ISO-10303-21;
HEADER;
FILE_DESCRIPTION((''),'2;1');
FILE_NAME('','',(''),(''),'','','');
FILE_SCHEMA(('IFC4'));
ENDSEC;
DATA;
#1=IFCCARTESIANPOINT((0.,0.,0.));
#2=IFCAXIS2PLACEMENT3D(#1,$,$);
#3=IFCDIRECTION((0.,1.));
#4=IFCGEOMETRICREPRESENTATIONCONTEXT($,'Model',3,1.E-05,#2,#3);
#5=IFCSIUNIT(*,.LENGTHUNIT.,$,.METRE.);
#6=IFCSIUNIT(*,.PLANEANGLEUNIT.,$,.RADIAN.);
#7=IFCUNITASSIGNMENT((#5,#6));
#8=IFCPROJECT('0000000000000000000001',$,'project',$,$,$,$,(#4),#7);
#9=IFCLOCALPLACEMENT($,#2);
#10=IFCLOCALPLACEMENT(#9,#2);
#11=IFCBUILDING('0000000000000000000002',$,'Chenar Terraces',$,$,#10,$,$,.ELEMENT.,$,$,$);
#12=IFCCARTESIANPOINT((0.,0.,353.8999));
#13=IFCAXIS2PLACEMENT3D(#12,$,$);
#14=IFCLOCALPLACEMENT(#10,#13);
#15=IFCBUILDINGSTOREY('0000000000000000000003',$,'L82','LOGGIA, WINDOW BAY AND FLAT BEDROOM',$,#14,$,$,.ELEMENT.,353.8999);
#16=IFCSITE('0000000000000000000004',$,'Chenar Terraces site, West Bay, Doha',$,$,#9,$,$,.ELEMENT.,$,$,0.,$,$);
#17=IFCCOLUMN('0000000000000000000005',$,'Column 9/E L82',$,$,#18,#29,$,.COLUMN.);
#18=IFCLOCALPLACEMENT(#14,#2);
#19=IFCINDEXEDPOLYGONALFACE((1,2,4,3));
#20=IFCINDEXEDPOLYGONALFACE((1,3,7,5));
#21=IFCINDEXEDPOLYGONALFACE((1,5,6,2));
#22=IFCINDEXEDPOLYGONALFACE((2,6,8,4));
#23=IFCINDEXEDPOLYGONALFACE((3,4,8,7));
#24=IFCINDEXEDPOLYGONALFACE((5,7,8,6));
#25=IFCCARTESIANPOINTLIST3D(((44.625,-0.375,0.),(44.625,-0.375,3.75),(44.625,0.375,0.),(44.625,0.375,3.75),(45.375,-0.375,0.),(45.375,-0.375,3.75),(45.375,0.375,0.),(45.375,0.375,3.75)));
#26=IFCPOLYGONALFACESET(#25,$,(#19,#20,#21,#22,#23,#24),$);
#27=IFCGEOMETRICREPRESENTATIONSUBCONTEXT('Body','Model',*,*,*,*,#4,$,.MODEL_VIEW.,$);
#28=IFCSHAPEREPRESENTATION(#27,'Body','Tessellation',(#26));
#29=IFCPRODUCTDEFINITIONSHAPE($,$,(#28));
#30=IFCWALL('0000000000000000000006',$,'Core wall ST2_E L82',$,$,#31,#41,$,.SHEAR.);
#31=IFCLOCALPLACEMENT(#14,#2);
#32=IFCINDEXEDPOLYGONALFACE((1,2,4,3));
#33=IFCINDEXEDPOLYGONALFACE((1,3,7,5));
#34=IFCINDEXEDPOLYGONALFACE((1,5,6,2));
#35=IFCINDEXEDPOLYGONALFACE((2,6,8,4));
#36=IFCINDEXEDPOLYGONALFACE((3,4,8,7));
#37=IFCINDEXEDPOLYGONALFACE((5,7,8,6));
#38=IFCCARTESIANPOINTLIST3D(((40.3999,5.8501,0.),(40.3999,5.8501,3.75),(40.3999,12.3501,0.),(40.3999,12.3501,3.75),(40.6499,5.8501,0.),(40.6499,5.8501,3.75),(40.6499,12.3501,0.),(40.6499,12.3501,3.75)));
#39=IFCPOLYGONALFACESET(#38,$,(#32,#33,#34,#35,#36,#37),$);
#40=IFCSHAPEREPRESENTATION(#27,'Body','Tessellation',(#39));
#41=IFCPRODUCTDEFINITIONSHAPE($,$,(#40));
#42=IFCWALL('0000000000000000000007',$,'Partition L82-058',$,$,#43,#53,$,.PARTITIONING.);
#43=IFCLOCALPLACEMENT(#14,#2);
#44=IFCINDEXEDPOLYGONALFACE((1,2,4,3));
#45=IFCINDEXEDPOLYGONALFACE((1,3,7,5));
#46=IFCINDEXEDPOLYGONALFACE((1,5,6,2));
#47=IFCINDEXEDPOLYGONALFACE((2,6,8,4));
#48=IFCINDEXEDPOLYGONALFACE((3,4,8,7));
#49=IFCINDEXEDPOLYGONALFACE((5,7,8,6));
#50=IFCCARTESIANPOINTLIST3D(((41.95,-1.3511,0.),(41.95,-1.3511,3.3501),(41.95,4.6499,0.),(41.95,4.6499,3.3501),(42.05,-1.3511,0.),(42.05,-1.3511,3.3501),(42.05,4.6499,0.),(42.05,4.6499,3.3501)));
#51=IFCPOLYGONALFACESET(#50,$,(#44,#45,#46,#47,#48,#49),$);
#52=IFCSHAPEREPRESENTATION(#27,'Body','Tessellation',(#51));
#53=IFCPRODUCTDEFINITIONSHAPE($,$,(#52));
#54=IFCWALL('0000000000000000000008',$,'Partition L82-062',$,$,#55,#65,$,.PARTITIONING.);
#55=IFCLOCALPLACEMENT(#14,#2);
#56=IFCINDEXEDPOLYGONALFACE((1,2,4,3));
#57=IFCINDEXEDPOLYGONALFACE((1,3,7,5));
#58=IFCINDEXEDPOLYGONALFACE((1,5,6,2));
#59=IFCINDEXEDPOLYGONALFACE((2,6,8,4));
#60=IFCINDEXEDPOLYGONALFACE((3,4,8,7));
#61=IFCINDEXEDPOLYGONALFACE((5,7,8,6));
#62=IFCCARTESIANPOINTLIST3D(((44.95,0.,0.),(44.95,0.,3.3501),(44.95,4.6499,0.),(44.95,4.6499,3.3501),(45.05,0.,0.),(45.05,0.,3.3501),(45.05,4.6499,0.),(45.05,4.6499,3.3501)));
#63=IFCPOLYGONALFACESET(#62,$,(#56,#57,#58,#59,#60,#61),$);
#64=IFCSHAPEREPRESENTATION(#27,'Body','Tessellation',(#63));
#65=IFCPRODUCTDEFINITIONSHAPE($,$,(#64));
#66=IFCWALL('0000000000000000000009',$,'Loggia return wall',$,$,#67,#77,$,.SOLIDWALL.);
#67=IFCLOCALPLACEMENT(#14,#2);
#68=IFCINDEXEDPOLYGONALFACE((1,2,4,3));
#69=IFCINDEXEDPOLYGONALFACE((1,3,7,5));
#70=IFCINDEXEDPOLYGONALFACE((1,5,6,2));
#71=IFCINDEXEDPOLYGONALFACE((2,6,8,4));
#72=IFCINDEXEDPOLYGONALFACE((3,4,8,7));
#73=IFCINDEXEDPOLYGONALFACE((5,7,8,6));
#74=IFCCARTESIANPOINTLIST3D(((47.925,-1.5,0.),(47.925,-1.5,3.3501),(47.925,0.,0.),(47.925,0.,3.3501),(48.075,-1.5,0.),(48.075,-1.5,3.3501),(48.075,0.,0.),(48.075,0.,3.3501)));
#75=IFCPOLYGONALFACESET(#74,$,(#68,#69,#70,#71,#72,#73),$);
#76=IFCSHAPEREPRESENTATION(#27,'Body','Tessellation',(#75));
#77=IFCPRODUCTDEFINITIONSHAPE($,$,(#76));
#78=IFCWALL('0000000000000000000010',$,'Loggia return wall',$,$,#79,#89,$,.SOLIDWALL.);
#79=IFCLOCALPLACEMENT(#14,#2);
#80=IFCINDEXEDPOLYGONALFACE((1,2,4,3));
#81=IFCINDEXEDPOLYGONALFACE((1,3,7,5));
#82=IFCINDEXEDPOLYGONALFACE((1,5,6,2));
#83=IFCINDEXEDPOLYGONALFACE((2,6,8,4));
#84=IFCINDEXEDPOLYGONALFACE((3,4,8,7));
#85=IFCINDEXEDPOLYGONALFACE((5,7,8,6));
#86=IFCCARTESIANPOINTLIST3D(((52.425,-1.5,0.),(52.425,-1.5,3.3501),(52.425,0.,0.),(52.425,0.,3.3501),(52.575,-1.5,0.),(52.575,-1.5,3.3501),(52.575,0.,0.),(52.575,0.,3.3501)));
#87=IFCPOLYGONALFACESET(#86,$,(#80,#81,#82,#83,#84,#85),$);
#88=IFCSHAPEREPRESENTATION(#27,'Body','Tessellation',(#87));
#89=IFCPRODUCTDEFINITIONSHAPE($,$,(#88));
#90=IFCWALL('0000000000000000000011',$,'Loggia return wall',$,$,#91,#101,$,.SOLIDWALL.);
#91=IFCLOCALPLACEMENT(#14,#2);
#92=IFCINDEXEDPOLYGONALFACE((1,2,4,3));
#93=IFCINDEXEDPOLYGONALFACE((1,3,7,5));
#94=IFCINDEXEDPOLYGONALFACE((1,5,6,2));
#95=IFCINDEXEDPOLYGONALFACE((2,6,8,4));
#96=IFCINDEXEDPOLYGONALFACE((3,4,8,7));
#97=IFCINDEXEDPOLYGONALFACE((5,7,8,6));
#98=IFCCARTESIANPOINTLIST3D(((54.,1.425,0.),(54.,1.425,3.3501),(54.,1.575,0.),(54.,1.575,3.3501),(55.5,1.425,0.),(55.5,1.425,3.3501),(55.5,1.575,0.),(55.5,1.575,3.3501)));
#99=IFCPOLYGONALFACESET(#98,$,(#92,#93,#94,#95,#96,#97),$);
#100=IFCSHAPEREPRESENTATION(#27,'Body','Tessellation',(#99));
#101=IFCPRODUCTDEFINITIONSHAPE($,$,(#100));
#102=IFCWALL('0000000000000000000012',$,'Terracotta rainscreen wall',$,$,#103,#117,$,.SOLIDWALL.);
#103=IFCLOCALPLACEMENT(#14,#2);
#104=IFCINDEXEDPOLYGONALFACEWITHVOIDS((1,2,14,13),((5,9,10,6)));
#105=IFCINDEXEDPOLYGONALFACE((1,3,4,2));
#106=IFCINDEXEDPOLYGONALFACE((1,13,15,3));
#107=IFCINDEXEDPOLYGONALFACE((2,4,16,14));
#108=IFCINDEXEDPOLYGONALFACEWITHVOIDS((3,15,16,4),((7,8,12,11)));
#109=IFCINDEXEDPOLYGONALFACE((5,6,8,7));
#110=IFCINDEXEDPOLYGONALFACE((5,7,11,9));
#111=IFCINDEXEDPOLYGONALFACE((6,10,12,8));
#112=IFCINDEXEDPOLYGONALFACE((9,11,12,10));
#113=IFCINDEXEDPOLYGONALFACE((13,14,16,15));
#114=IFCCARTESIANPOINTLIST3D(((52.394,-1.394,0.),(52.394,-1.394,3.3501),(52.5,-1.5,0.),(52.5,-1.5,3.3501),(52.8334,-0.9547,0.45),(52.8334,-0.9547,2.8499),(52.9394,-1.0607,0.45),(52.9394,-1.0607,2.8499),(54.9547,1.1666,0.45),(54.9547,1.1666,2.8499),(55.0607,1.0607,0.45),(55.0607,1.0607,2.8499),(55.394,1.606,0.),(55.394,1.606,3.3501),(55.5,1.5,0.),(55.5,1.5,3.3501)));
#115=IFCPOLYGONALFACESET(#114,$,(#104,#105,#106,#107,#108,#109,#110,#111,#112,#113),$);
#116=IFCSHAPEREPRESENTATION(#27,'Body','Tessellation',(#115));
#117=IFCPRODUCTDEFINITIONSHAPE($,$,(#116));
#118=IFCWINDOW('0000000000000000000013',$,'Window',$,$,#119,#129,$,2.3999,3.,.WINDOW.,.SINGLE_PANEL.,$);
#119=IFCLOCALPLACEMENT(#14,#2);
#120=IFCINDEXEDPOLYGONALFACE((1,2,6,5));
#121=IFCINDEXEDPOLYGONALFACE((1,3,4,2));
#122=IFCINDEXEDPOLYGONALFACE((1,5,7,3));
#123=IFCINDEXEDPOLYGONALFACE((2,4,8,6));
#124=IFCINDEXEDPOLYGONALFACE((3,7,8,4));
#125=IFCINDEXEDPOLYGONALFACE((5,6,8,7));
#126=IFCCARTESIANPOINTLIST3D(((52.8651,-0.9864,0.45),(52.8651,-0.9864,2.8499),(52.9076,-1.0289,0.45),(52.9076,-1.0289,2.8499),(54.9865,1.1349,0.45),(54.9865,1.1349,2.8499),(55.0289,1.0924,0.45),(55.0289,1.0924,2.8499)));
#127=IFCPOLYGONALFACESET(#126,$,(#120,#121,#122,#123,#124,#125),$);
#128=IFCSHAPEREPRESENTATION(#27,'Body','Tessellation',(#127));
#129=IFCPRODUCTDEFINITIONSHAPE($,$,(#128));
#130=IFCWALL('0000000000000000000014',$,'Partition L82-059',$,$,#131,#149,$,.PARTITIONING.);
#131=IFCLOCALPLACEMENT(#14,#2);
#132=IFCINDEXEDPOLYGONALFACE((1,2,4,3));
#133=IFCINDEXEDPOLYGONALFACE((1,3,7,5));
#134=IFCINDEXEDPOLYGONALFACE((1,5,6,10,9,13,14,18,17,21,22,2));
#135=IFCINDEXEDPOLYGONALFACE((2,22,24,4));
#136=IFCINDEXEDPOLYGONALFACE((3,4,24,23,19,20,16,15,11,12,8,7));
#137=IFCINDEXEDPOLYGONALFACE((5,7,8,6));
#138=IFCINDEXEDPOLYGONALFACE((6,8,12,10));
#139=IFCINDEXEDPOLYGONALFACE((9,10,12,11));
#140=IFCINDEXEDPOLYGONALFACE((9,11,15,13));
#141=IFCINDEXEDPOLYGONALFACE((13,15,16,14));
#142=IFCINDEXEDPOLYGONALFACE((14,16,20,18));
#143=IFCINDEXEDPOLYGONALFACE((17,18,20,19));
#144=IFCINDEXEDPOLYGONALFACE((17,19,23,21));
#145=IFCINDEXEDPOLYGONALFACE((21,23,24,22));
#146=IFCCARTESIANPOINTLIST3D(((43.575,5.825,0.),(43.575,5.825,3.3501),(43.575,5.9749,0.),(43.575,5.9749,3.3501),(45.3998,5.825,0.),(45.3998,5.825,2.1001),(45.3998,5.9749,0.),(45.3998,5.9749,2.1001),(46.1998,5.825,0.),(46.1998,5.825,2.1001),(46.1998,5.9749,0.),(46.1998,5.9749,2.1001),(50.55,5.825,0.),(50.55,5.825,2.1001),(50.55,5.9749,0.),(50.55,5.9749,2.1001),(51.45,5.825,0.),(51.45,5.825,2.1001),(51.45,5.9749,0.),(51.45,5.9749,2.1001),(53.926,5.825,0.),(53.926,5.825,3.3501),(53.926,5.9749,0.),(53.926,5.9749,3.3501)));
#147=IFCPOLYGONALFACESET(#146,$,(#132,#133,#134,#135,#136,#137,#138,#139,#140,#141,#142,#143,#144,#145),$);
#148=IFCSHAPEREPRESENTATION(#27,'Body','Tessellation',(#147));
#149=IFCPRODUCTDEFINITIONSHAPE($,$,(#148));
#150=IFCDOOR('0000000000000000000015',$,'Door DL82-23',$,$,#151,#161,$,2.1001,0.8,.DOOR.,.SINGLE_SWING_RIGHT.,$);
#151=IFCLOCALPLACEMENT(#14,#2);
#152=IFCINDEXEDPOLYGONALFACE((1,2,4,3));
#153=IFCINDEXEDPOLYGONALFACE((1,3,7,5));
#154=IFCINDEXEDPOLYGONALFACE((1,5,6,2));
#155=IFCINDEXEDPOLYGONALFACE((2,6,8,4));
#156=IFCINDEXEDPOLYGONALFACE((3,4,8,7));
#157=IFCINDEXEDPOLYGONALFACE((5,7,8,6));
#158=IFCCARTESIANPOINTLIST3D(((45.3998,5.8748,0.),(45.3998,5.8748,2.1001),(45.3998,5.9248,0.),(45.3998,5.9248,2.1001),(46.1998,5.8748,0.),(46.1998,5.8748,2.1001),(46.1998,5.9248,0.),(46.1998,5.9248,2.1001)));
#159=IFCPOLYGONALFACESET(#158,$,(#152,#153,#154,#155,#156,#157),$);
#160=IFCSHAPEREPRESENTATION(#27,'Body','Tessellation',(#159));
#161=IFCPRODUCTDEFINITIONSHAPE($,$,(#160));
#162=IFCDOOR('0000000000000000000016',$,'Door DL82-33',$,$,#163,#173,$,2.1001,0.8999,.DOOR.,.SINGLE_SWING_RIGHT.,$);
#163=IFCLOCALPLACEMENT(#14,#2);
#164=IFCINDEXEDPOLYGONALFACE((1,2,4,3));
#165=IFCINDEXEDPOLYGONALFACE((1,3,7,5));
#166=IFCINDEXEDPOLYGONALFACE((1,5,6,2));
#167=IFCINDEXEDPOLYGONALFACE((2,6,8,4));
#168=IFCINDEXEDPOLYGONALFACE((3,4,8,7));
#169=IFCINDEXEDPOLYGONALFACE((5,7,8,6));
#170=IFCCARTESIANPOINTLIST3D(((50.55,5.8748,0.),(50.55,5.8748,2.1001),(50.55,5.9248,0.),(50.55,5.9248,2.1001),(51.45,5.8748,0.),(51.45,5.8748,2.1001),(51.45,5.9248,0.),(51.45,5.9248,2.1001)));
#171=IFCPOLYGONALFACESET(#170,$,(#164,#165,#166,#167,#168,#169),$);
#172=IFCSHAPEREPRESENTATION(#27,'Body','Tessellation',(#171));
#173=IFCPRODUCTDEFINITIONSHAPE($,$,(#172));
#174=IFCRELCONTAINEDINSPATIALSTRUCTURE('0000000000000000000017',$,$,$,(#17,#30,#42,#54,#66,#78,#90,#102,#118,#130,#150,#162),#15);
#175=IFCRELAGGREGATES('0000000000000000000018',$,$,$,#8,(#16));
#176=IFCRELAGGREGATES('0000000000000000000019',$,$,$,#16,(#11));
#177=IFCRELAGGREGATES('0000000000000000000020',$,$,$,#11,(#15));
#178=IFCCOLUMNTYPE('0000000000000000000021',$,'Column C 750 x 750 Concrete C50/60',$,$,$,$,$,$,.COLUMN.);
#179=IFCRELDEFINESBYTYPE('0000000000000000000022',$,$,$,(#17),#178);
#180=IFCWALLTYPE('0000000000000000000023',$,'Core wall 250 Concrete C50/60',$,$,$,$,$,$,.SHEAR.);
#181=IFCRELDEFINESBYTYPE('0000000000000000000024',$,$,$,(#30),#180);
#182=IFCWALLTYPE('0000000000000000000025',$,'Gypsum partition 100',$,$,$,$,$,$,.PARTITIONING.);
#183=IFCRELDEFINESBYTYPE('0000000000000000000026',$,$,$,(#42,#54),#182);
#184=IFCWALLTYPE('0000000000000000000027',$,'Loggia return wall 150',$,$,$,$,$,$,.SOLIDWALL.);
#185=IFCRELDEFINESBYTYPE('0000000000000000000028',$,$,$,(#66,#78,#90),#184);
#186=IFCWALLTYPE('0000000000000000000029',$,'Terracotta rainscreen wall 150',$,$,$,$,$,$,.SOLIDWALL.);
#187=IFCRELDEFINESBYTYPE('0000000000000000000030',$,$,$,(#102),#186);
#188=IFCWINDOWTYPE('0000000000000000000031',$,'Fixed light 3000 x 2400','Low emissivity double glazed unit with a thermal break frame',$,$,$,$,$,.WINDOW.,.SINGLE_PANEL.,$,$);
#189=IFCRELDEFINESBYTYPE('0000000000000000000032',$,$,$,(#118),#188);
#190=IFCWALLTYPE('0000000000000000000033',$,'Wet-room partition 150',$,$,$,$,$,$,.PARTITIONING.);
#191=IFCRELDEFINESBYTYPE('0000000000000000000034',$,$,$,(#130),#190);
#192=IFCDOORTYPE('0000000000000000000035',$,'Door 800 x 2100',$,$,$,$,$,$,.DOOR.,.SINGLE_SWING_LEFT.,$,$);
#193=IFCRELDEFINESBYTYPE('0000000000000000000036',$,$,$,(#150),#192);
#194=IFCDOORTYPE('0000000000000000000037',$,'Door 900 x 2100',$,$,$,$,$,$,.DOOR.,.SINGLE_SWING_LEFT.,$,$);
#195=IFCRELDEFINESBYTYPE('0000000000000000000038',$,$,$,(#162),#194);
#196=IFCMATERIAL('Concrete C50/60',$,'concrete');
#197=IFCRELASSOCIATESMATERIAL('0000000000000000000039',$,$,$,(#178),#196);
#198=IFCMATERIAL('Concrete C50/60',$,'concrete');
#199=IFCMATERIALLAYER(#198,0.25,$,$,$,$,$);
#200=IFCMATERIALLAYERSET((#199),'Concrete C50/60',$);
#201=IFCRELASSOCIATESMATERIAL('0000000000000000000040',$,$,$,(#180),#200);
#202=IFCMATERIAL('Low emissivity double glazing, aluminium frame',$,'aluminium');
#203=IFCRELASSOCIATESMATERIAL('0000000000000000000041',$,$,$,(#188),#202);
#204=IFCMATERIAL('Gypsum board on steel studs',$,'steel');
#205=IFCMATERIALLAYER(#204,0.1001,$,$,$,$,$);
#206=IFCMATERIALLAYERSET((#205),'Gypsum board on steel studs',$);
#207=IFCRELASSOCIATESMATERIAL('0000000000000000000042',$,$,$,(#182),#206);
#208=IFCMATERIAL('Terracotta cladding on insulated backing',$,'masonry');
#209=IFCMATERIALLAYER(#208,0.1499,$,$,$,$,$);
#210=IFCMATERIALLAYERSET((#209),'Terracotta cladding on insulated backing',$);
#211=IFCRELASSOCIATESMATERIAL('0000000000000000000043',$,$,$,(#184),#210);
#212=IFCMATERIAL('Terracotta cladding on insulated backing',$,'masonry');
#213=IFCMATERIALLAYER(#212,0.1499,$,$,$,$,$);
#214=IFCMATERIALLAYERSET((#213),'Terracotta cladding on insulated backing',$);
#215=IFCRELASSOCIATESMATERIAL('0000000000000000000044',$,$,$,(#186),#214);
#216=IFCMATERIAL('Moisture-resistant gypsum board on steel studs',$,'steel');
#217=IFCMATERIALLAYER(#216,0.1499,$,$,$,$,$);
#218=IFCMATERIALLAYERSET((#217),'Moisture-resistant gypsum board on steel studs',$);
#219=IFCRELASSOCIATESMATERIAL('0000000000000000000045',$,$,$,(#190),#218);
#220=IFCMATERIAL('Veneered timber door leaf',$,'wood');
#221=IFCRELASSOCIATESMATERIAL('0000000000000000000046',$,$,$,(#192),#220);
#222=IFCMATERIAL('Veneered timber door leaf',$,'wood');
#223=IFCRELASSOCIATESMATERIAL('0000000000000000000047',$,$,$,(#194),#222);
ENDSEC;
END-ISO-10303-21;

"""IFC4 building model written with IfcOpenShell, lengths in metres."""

from ifc_helpers import new_model, si_unit, direction, frame, frame_2d, origin, origin_2d, place, context, subcontext, project, spatial, rectangle, extrude, material, layer, layer_set, material_profile, profile_set, type_object, element, fill, save


model = new_model("IFC4")

# Units and contexts
model_context = context("Model", 3, precision=1e-05, world=origin(), true_north=direction((0.0, 1.0)))
body_context = subcontext(model_context, "Body", "Model", "MODEL_VIEW")
ifc_project = project(units=[si_unit("LENGTHUNIT", "METRE"), si_unit("PLANEANGLEUNIT", "RADIAN")], contexts=[model_context])

# Site, building, storey
site_placement = place(None, origin())
site = spatial("IfcSite", under=ifc_project, at=site_placement, Name="Chenar Terraces site, West Bay, Doha", CompositionType="ELEMENT", RefElevation=0.0)
building_placement = place(site_placement, origin())
building = spatial("IfcBuilding", under=site, at=building_placement, Name="Chenar Terraces", CompositionType="ELEMENT")
storey_placement = place(building_placement, frame((0.0, 0.0, 353.8999)))
storey = spatial("IfcBuildingStorey", under=building, at=storey_placement, Name="L82", Description="LOGGIA, WINDOW BAY AND FLAT BEDROOM", CompositionType="ELEMENT", Elevation=353.8999)

# Column
ifc_material_1 = material(Name="Concrete C50/60", Category="concrete")
ifc_material_profile_1 = material_profile(ifc_material_1, rectangle(XDim=0.75, YDim=0.75, at=origin_2d()), Name="C 750 x 750")
ifc_profile_set_1 = profile_set([ifc_material_profile_1], Name="Concrete C50/60")
column_type = type_object("IfcColumnType", Name="Column C 750 x 750 Concrete C50/60", PredefinedType="COLUMN", material=ifc_profile_set_1)
column_placement = place(storey_placement, frame((45.0, 0.0, 0.0), z_axis=(0.0, 0.0, 1.0), x_axis=(1.0, 0.0, 0.0)))
element("IfcColumn", 1, at=column_placement, inside=storey, type_object=column_type, Name="Column 9/E L82", PredefinedType="COLUMN", context=body_context, shape_type="SweptSolid", body=[
    extrude(rectangle(XDim=0.75, YDim=0.75, at=origin_2d()), origin(), (0.0, 0.0, 1.0), 3.75),
])

# Wall
ifc_material_2 = material(Name="Concrete C50/60", Category="concrete")
ifc_layer_1 = layer(ifc_material_2, 0.25)
ifc_layer_set_1 = layer_set([ifc_layer_1], Name="Concrete C50/60")
wall_type_1 = type_object("IfcWallType", Name="Core wall 250 Concrete C50/60", PredefinedType="SHEAR", material=ifc_layer_set_1)
wall_1_placement = place(storey_placement, frame((40.5249, 5.8501, 0.0), z_axis=(0.0, 0.0, 1.0), x_axis=(0.0, 1.0, 0.0)))
element("IfcWall", 2, at=wall_1_placement, inside=storey, type_object=wall_type_1, Name="Core wall ST2_E L82", PredefinedType="SHEAR", context=body_context, shape_type="SweptSolid", body=[
    extrude(rectangle(XDim=6.5, YDim=0.25, at=frame_2d((3.25, 0.0))), origin(), (0.0, 0.0, 1.0), 3.75),
])

# Shared definitions
ifc_material_3 = material(Name="Low emissivity double glazing, aluminium frame", Category="aluminium")
window_type = type_object("IfcWindowType", Name="Fixed light 3000 x 2400", Description="Low emissivity double glazed unit with a thermal break frame", PartitioningType="SINGLE_PANEL", PredefinedType="WINDOW", material=ifc_material_3)

# Walls
ifc_material_4 = material(Name="Gypsum board on steel studs", Category="steel")
ifc_layer_2 = layer(ifc_material_4, 0.1001)
ifc_layer_set_2 = layer_set([ifc_layer_2], Name="Gypsum board on steel studs")
wall_type_2 = type_object("IfcWallType", Name="Gypsum partition 100", PredefinedType="PARTITIONING", material=ifc_layer_set_2)
wall_2_placement = place(storey_placement, frame((42.0, -1.3511, 0.0), z_axis=(0.0, 0.0, 1.0), x_axis=(0.0, 1.0, 0.0)))
element("IfcWall", 3, at=wall_2_placement, inside=storey, type_object=wall_type_2, Name="Partition L82-058", PredefinedType="PARTITIONING", context=body_context, shape_type="SweptSolid", body=[
    extrude(rectangle(XDim=6.001, YDim=0.1001, at=frame_2d((3.0005, 0.0))), origin(), (0.0, 0.0, 1.0), 3.3501),
])
wall_3_placement = place(storey_placement, frame((45.0, 0.0, 0.0), z_axis=(0.0, 0.0, 1.0), x_axis=(0.0, 1.0, 0.0)))
element("IfcWall", 4, at=wall_3_placement, inside=storey, type_object=wall_type_2, Name="Partition L82-062", PredefinedType="PARTITIONING", context=body_context, shape_type="SweptSolid", body=[
    extrude(rectangle(XDim=4.6499, YDim=0.1001, at=frame_2d((2.325, 0.0))), origin(), (0.0, 0.0, 1.0), 3.3501),
])
ifc_material_5 = material(Name="Terracotta cladding on insulated backing", Category="masonry")
ifc_layer_3 = layer(ifc_material_5, 0.1499)
ifc_layer_set_3 = layer_set([ifc_layer_3], Name="Terracotta cladding on insulated backing")
wall_type_3 = type_object("IfcWallType", Name="Loggia return wall 150", PredefinedType="SOLIDWALL", material=ifc_layer_set_3)
for number, where, z_axis, x_axis, name in (
    (5, (48.0, -1.5, 0.0), (0.0, 0.0, 1.0), (0.0, 1.0, 0.0), "Loggia return wall"),
    (6, (52.5, -1.5, 0.0), (0.0, 0.0, 1.0), (0.0, 1.0, 0.0), "Loggia return wall"),
    (7, (55.5, 1.5, 0.0), (0.0, 0.0, 1.0), (-1.0, 0.0, 0.0), "Loggia return wall"),
):
    element("IfcWall", number, at=place(storey_placement, frame(where, z_axis=z_axis, x_axis=x_axis)), inside=storey, type_object=wall_type_3, Name=name, PredefinedType="SOLIDWALL", context=body_context, shape_type="SweptSolid", body=[
        extrude(rectangle(XDim=1.5, YDim=0.1499, at=frame_2d((0.75, 0.0))), origin(), (0.0, 0.0, 1.0), 3.3501),
    ])

# Wall, opening, window
ifc_material_6 = material(Name="Terracotta cladding on insulated backing", Category="masonry")
ifc_layer_4 = layer(ifc_material_6, 0.1499)
ifc_layer_set_4 = layer_set([ifc_layer_4], Name="Terracotta cladding on insulated backing")
wall_type_4 = type_object("IfcWallType", Name="Terracotta rainscreen wall 150", PredefinedType="SOLIDWALL", material=ifc_layer_set_4)
wall_4_placement = place(storey_placement, frame((52.447, -1.447, 0.0), z_axis=(0.0, 0.0, 1.0), x_axis=(0.707107, 0.707107, 0.0)))
wall_4 = element("IfcWall", 8, at=wall_4_placement, inside=storey, type_object=wall_type_4, Name="Terracotta rainscreen wall", PredefinedType="SOLIDWALL", context=body_context, shape_type="SweptSolid", body=[
    extrude(rectangle(XDim=4.2427, YDim=0.1499, at=frame_2d((2.1213, 0.0))), origin(), (0.0, 0.0, 1.0), 3.3501),
])
opening_1_placement = place(wall_4_placement, frame((0.6213, 0.0, 0.45)))
opening_1 = element("IfcOpeningElement", 9, at=opening_1_placement, cuts=wall_4, PredefinedType="OPENING", context=body_context, shape_type="SweptSolid", body=[
    extrude(rectangle(XDim=3.0, YDim=2.3999, at=frame_2d((1.5, 1.2))), frame((0.0, 0.085, 0.0), z_axis=(0.0, -1.0, 0.0), x_axis=(1.0, 0.0, 0.0)), (0.0, 0.0, 1.0), 0.1699),
])
window_1_placement = place(opening_1_placement, origin())
window_1 = element("IfcWindow", 10, at=window_1_placement, inside=storey, type_object=window_type, Name="Window", OverallHeight=2.3999, OverallWidth=3.0, PartitioningType="SINGLE_PANEL", PredefinedType="WINDOW", context=body_context, shape_type="SweptSolid", body=[
    extrude(rectangle(XDim=3.0, YDim=2.3999, at=frame_2d((1.5, 1.2))), frame((0.0, 0.03, 0.0), z_axis=(0.0, -1.0, 0.0), x_axis=(1.0, 0.0, 0.0)), (0.0, 0.0, 1.0), 0.0601),
])
fill(opening_1, window_1)

# Wall, openings, doors
ifc_material_7 = material(Name="Moisture-resistant gypsum board on steel studs", Category="steel")
ifc_layer_5 = layer(ifc_material_7, 0.1499)
ifc_layer_set_5 = layer_set([ifc_layer_5], Name="Moisture-resistant gypsum board on steel studs")
wall_type_5 = type_object("IfcWallType", Name="Wet-room partition 150", PredefinedType="PARTITIONING", material=ifc_layer_set_5)
wall_5_placement = place(storey_placement, frame((43.575, 5.8999, 0.0), z_axis=(0.0, 0.0, 1.0), x_axis=(1.0, 0.0, 0.0)))
wall_5 = element("IfcWall", 11, at=wall_5_placement, inside=storey, type_object=wall_type_5, Name="Partition L82-059", PredefinedType="PARTITIONING", context=body_context, shape_type="SweptSolid", body=[
    extrude(rectangle(XDim=10.3511, YDim=0.1499, at=frame_2d((5.1755, 0.0))), origin(), (0.0, 0.0, 1.0), 3.3501),
])
opening_2_placement = place(wall_5_placement, frame((1.825, 0.0, 0.0)))
opening_2 = element("IfcOpeningElement", 12, at=opening_2_placement, cuts=wall_5, PredefinedType="OPENING", context=body_context, shape_type="SweptSolid", body=[
    extrude(rectangle(XDim=0.8, YDim=2.1001, at=frame_2d((0.3999, 1.05))), frame((0.0, 0.085, 0.0), z_axis=(0.0, -1.0, 0.0), x_axis=(1.0, 0.0, 0.0)), (0.0, 0.0, 1.0), 0.1699),
])
opening_3_placement = place(wall_5_placement, frame((6.9751, 0.0, 0.0)))
opening_3 = element("IfcOpeningElement", 13, at=opening_3_placement, cuts=wall_5, PredefinedType="OPENING", context=body_context, shape_type="SweptSolid", body=[
    extrude(rectangle(XDim=0.8999, YDim=2.1001, at=frame_2d((0.45, 1.05))), frame((0.0, 0.085, 0.0), z_axis=(0.0, -1.0, 0.0), x_axis=(1.0, 0.0, 0.0)), (0.0, 0.0, 1.0), 0.1699),
])
ifc_material_8 = material(Name="Veneered timber door leaf", Category="wood")
door_type_1 = type_object("IfcDoorType", Name="Door 800 x 2100", OperationType="SINGLE_SWING_LEFT", PredefinedType="DOOR", material=ifc_material_8)
door_1_placement = place(opening_2_placement, origin())
door_1 = element("IfcDoor", 14, at=door_1_placement, inside=storey, type_object=door_type_1, Name="Door DL82-23", OperationType="SINGLE_SWING_RIGHT", OverallHeight=2.1001, OverallWidth=0.8, PredefinedType="DOOR", context=body_context, shape_type="SweptSolid", body=[
    extrude(rectangle(XDim=0.8, YDim=2.1001, at=frame_2d((0.3999, 1.05))), frame((0.0, 0.0249, 0.0), z_axis=(0.0, -1.0, 0.0), x_axis=(1.0, 0.0, 0.0)), (0.0, 0.0, 1.0), 0.05),
])
fill(opening_2, door_1)
ifc_material_9 = material(Name="Veneered timber door leaf", Category="wood")
door_type_2 = type_object("IfcDoorType", Name="Door 900 x 2100", OperationType="SINGLE_SWING_LEFT", PredefinedType="DOOR", material=ifc_material_9)
door_2_placement = place(opening_3_placement, origin())
door_2 = element("IfcDoor", 15, at=door_2_placement, inside=storey, type_object=door_type_2, Name="Door DL82-33", OperationType="SINGLE_SWING_RIGHT", OverallHeight=2.1001, OverallWidth=0.8999, PredefinedType="DOOR", context=body_context, shape_type="SweptSolid", body=[
    extrude(rectangle(XDim=0.8999, YDim=2.1001, at=frame_2d((0.45, 1.05))), frame((0.0, 0.0249, 0.0), z_axis=(0.0, -1.0, 0.0), x_axis=(1.0, 0.0, 0.0)), (0.0, 0.0, 1.0), 0.05),
])
fill(opening_3, door_2)

save(model, "model.ifc")
